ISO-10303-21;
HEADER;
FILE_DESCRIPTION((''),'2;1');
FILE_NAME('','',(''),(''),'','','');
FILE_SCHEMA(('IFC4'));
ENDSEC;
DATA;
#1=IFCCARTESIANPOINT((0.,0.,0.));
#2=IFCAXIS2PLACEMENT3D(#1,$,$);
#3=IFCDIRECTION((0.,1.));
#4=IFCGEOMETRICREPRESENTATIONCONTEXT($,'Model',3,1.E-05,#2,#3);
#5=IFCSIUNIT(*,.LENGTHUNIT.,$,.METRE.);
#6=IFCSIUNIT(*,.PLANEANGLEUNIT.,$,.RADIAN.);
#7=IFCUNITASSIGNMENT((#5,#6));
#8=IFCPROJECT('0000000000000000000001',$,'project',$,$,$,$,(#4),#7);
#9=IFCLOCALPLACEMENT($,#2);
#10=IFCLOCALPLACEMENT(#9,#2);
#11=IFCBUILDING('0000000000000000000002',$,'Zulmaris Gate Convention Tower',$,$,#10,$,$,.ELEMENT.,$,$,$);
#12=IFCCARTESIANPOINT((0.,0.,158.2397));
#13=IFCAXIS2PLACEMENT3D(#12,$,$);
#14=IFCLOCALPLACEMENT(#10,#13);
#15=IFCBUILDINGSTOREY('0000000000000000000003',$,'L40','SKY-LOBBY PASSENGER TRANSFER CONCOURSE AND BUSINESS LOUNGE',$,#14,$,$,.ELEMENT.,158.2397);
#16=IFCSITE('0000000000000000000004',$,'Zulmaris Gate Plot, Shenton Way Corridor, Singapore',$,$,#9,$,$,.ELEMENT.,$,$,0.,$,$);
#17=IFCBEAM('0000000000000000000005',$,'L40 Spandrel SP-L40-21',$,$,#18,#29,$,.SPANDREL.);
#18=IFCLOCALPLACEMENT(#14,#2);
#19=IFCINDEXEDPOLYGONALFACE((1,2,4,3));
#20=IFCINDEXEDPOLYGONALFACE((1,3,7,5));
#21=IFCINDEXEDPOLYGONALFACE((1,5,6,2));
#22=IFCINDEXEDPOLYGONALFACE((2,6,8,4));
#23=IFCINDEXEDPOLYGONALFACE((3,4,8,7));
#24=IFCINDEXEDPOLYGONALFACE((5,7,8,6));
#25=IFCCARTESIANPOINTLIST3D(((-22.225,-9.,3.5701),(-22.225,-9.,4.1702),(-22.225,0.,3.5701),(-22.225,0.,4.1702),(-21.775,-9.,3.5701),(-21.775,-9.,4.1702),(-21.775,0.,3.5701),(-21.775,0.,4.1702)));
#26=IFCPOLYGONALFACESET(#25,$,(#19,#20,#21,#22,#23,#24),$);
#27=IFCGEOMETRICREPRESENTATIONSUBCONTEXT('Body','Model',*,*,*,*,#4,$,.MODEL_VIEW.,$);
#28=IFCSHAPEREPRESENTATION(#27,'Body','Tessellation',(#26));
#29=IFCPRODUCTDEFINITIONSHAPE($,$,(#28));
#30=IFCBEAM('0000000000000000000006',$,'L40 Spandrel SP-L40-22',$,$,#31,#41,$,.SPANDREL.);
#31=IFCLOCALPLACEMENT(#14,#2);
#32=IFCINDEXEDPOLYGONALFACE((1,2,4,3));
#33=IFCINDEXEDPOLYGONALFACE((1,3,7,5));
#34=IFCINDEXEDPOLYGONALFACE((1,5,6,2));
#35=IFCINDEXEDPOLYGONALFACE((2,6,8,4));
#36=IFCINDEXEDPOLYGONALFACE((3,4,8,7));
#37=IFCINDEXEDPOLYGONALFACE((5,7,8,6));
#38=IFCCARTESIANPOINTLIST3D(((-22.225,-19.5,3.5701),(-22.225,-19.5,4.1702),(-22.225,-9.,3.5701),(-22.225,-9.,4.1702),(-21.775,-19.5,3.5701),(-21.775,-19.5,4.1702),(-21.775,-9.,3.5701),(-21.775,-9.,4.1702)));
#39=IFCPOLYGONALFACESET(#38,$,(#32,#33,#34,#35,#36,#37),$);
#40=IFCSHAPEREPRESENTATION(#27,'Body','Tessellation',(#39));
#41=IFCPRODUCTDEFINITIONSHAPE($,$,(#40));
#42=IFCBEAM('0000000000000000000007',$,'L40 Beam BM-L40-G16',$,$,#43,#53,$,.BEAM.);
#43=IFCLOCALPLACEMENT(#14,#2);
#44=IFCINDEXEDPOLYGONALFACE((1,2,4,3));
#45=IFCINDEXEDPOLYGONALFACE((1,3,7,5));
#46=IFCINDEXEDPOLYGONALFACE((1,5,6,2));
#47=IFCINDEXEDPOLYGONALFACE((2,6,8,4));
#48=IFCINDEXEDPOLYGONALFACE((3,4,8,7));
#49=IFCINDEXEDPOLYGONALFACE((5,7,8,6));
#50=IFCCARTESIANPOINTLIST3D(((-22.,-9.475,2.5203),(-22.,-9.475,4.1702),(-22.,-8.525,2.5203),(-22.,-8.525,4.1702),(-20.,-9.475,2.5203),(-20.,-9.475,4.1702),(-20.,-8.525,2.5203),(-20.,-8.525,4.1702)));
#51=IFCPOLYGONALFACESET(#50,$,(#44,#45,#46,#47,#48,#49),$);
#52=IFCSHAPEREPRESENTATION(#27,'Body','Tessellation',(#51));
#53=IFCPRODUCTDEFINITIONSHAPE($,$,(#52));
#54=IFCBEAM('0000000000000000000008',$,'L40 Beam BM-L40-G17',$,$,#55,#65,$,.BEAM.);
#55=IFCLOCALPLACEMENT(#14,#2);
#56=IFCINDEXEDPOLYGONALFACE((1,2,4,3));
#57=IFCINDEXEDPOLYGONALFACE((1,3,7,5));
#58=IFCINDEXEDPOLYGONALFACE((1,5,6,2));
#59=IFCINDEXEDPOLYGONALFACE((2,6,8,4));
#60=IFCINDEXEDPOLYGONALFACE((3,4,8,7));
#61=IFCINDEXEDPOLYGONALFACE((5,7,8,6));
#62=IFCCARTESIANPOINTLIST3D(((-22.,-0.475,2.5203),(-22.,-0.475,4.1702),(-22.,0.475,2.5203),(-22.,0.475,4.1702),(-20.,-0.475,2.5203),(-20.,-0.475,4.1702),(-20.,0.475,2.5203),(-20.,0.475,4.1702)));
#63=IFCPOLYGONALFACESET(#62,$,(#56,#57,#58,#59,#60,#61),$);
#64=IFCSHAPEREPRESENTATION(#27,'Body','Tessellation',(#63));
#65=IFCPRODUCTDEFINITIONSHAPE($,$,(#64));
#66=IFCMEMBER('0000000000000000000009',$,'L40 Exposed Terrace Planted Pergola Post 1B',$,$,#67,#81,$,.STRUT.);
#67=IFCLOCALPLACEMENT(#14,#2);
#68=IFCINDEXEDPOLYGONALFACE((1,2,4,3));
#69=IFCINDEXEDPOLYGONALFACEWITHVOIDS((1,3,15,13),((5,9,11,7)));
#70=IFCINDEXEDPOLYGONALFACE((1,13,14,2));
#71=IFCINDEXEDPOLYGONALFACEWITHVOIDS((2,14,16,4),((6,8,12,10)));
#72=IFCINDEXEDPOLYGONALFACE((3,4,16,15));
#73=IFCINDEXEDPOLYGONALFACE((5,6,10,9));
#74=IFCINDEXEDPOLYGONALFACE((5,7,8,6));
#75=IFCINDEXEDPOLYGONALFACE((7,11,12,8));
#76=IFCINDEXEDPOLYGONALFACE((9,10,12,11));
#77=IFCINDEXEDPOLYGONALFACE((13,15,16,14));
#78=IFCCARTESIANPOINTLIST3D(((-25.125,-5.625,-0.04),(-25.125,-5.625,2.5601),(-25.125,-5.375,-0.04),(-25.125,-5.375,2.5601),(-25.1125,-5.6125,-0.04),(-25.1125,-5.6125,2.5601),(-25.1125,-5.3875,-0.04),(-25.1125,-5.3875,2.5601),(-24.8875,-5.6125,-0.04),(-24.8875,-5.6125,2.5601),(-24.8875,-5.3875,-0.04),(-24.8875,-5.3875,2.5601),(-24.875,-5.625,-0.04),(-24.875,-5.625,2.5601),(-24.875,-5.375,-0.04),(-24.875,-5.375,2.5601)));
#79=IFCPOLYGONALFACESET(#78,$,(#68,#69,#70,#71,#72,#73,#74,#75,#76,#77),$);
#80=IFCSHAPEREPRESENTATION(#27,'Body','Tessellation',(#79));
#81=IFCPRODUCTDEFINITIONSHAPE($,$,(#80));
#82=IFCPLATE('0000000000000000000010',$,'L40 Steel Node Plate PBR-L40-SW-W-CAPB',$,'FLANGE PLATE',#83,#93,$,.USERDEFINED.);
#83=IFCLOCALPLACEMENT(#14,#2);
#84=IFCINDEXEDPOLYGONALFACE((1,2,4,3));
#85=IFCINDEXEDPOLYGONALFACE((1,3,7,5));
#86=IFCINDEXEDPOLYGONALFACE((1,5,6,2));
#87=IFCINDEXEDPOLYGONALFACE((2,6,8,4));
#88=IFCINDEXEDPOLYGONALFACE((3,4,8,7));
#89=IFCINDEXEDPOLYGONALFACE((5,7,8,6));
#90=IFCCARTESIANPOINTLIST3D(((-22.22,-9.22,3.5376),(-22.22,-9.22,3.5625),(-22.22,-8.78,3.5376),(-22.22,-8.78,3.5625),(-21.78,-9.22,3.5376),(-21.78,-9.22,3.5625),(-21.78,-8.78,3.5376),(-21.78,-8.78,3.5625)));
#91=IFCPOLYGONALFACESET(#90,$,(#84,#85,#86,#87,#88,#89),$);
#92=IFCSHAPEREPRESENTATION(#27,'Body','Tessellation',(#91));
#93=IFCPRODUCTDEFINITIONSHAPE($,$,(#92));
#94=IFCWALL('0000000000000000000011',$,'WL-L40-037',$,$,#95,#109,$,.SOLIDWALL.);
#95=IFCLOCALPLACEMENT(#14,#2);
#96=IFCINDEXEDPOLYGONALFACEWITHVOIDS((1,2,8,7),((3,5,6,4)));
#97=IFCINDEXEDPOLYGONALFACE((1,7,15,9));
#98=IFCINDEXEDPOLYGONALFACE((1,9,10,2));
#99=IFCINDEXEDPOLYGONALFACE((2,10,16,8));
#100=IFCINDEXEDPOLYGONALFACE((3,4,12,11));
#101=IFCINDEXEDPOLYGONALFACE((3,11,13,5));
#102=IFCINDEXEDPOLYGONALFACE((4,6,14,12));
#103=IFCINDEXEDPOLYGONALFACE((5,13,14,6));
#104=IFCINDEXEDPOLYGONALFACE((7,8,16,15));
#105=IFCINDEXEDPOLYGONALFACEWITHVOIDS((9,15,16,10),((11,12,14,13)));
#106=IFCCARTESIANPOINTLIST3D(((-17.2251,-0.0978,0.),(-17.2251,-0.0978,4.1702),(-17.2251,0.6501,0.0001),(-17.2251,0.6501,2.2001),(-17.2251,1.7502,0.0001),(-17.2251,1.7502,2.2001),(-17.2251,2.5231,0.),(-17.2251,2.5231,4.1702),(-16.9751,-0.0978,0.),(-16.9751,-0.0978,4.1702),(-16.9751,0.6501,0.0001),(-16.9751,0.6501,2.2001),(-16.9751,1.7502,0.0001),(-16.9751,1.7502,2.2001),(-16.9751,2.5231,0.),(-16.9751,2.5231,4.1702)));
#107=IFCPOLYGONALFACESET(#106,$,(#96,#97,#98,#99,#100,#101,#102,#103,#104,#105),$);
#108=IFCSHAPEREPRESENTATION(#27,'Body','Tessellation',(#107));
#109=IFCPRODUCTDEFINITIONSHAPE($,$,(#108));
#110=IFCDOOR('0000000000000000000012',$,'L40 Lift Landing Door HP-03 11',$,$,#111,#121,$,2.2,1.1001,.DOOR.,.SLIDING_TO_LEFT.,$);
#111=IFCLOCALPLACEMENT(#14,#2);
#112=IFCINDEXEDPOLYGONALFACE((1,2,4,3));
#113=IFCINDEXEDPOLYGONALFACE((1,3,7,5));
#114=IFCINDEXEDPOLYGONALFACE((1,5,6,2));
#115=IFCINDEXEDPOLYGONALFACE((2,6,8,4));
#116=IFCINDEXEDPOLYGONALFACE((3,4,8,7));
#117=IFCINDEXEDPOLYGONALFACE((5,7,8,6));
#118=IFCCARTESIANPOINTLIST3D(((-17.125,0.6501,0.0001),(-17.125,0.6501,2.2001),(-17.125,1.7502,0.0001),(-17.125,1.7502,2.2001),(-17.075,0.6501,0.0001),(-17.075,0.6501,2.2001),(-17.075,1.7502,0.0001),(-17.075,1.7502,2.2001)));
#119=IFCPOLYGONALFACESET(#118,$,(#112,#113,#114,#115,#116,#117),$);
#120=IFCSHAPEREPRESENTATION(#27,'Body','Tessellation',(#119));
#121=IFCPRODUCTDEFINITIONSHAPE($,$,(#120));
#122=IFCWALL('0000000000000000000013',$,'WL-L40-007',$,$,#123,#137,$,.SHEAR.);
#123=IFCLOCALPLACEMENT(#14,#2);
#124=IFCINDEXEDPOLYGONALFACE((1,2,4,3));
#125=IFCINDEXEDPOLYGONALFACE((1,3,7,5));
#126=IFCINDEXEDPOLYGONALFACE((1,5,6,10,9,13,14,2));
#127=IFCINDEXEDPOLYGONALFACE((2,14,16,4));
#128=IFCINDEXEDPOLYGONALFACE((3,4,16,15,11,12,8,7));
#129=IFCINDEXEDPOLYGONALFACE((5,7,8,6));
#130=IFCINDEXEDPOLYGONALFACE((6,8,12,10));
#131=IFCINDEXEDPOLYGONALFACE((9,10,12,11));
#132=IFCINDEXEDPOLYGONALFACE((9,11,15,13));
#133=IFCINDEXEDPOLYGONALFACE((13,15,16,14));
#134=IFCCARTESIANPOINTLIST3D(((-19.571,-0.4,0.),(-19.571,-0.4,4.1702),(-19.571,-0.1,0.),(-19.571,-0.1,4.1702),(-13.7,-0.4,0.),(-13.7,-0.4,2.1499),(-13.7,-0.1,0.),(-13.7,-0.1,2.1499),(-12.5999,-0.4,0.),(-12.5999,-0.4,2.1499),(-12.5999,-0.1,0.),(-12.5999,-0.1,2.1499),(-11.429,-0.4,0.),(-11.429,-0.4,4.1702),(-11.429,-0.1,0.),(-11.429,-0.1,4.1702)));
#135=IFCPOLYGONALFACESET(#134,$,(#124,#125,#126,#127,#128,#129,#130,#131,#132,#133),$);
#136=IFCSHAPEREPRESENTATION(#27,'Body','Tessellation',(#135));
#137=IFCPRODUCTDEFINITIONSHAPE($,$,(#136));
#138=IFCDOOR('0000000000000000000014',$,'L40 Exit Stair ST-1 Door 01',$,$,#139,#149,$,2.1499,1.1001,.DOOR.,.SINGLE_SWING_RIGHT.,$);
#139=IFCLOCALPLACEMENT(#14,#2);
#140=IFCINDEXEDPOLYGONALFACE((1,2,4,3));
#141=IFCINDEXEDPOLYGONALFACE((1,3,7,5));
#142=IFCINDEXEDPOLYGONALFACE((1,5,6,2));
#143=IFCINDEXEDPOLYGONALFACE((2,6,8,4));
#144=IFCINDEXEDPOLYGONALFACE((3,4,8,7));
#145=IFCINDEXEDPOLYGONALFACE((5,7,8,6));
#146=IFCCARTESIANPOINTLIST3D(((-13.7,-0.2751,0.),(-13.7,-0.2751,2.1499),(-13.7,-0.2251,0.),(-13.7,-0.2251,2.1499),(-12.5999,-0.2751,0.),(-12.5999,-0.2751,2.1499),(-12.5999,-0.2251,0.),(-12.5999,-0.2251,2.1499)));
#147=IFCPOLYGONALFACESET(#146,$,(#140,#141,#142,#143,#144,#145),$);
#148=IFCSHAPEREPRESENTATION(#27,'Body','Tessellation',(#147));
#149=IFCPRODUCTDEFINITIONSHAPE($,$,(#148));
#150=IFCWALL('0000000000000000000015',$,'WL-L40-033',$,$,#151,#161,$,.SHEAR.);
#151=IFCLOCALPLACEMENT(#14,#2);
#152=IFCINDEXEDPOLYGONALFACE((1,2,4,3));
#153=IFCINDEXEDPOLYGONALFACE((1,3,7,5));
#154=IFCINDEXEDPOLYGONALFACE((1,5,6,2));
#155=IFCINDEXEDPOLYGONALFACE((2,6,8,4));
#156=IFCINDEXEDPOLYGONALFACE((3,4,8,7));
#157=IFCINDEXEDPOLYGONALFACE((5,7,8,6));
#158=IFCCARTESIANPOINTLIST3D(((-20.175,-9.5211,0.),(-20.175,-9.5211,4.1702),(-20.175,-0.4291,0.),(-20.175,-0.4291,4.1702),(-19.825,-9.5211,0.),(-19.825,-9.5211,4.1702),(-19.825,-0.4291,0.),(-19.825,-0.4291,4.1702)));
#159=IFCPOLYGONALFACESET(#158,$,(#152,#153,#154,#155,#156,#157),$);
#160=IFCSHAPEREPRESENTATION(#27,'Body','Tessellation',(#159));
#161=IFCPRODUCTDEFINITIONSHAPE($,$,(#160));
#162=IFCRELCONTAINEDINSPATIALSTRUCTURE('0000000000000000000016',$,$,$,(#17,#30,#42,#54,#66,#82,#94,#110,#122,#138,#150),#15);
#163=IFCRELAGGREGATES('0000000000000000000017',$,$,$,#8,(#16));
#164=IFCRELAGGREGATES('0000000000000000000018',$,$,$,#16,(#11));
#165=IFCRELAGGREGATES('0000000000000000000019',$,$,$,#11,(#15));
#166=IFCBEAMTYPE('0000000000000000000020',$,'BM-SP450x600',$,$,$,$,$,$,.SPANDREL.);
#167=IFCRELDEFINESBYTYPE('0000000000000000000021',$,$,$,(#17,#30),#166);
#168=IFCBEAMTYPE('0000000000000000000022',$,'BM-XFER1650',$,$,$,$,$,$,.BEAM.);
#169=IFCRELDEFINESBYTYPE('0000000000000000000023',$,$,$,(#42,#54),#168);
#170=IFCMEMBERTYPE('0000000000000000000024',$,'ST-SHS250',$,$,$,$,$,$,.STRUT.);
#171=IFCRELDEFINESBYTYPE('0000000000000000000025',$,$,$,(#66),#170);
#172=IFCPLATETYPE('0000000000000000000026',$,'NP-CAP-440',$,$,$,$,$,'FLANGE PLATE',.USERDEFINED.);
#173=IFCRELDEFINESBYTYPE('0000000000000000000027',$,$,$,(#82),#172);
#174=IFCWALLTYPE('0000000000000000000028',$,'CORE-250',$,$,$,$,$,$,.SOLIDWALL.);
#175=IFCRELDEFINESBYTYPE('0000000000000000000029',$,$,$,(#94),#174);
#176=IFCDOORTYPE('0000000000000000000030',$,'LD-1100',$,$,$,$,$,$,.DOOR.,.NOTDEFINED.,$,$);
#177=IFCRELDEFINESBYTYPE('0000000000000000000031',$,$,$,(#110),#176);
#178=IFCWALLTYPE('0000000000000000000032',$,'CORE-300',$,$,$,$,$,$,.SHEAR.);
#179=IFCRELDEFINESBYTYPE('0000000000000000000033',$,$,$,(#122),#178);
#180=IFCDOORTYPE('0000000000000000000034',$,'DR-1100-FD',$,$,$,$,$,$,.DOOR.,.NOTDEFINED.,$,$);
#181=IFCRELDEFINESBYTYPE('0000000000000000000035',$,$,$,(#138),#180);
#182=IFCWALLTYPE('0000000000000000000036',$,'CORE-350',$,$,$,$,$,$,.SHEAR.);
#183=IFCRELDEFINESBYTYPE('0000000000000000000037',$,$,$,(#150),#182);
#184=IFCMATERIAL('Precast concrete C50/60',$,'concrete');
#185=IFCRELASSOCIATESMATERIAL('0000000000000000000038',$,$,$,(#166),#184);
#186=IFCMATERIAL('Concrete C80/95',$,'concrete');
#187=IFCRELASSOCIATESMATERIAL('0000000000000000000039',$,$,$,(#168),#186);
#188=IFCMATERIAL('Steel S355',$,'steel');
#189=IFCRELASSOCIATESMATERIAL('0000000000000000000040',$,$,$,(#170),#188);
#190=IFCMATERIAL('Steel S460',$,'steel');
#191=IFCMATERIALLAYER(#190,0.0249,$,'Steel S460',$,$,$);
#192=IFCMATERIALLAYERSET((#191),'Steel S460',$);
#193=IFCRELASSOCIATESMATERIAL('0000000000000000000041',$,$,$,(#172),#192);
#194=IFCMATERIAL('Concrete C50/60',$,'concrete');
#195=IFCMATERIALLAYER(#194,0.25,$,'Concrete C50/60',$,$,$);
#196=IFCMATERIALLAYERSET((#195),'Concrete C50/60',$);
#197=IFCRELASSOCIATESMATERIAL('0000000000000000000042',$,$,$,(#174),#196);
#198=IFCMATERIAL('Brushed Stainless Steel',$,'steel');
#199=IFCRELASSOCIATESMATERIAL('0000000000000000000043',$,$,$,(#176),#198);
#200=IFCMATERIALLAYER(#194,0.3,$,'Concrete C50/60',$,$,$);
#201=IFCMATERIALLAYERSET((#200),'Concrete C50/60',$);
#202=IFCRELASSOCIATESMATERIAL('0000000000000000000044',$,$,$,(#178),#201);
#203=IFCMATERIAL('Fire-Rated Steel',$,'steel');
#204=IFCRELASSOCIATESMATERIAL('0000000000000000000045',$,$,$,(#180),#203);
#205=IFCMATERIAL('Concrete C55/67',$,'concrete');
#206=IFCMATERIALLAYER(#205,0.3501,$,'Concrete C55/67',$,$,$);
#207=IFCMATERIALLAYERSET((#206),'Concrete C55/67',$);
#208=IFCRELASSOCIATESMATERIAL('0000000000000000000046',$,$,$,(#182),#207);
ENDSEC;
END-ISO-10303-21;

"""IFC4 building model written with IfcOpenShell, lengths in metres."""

from ifc_helpers import new_model, si_unit, direction, frame, frame_2d, origin, origin_2d, place, context, subcontext, project, spatial, rectangle, hollow_rectangle, extrude, material, layer, layer_set, material_profile, profile_set, type_object, element, fill, save


model = new_model("IFC4")

# Units and contexts
model_context = context("Model", 3, precision=1e-05, world=origin(), true_north=direction((0.0, 1.0)))
body_context = subcontext(model_context, "Body", "Model", "MODEL_VIEW")
ifc_project = project(units=[si_unit("LENGTHUNIT", "METRE"), si_unit("PLANEANGLEUNIT", "RADIAN")], contexts=[model_context])

# Site, building, storey
site_placement = place(None, origin())
site = spatial("IfcSite", under=ifc_project, at=site_placement, Name="Zulmaris Gate Plot, Shenton Way Corridor, Singapore", CompositionType="ELEMENT", RefElevation=0.0)
building_placement = place(site_placement, origin())
building = spatial("IfcBuilding", under=site, at=building_placement, Name="Zulmaris Gate Convention Tower", CompositionType="ELEMENT")
storey_placement = place(building_placement, frame((0.0, 0.0, 158.2397)))
storey = spatial("IfcBuildingStorey", under=building, at=storey_placement, Name="L40", Description="SKY-LOBBY PASSENGER TRANSFER CONCOURSE AND BUSINESS LOUNGE", CompositionType="ELEMENT", Elevation=158.2397)

# Beams
ifc_material_1 = material(Name="Steel S355", Category="steel")
ifc_material_2 = material(Name="Precast concrete C50/60", Category="concrete")
ifc_material_profile_1 = material_profile(ifc_material_2, rectangle(XDim=0.45, YDim=0.6001, at=origin_2d()), Name="RC SPANDREL 450x600")
ifc_profile_set_1 = profile_set([ifc_material_profile_1], Name="Precast concrete C50/60")
beam_type_1 = type_object("IfcBeamType", Name="BM-SP450x600", PredefinedType="SPANDREL", material=ifc_profile_set_1)
beam_1_placement = place(storey_placement, frame((-22.0, 0.0, 3.8701), z_axis=(0.0, -1.0, 0.0), x_axis=(1.0, 0.0, 0.0)))
element("IfcBeam", 1, at=beam_1_placement, inside=storey, type_object=beam_type_1, Name="L40 Spandrel SP-L40-21", PredefinedType="SPANDREL", context=body_context, shape_type="SweptSolid", body=[
    extrude(rectangle(XDim=0.45, YDim=0.6001, at=origin_2d()), origin(), (0.0, 0.0, 1.0), 9.0),
])
beam_2_placement = place(storey_placement, frame((-22.0, -9.0, 3.8701), z_axis=(0.0, -1.0, 0.0), x_axis=(1.0, 0.0, 0.0)))
element("IfcBeam", 2, at=beam_2_placement, inside=storey, type_object=beam_type_1, Name="L40 Spandrel SP-L40-22", PredefinedType="SPANDREL", context=body_context, shape_type="SweptSolid", body=[
    extrude(rectangle(XDim=0.45, YDim=0.6001, at=origin_2d()), origin(), (0.0, 0.0, 1.0), 10.5),
])
ifc_material_3 = material(Name="Concrete C80/95", Category="concrete")
ifc_material_profile_2 = material_profile(ifc_material_3, rectangle(XDim=0.95, YDim=1.6499, at=origin_2d()), Name="RC TRANSFER 950x1650")
ifc_profile_set_2 = profile_set([ifc_material_profile_2], Name="Concrete C80/95")
beam_type_2 = type_object("IfcBeamType", Name="BM-XFER1650", PredefinedType="BEAM", material=ifc_profile_set_2)
for number, where, z_axis, x_axis, name in (
    (3, (-22.0, -9.0, 3.3452), (1.0, 0.0, 0.0), (0.0, 1.0, 0.0), "L40 Beam BM-L40-G16"),
    (4, (-22.0, 0.0, 3.3452), (1.0, 0.0, 0.0), (0.0, 1.0, 0.0), "L40 Beam BM-L40-G17"),
):
    element("IfcBeam", number, at=place(storey_placement, frame(where, z_axis=z_axis, x_axis=x_axis)), inside=storey, type_object=beam_type_2, Name=name, PredefinedType="BEAM", context=body_context, shape_type="SweptSolid", body=[
        extrude(rectangle(XDim=0.95, YDim=1.6499, at=origin_2d()), origin(), (0.0, 0.0, 1.0), 2.0),
    ])

# Member
ifc_material_profile_3 = material_profile(ifc_material_1, hollow_rectangle(XDim=0.25, YDim=0.25, WallThickness=0.0125, at=origin_2d()), Name="SHS 250x250x12.5")
ifc_profile_set_3 = profile_set([ifc_material_profile_3], Name="Steel S355")
member_type = type_object("IfcMemberType", Name="ST-SHS250", PredefinedType="STRUT", material=ifc_profile_set_3)
member_placement = place(storey_placement, frame((-25.0, -5.5, -0.04), z_axis=(0.0, 0.0, 1.0), x_axis=(1.0, 0.0, 0.0)))
element("IfcMember", 5, at=member_placement, inside=storey, type_object=member_type, Name="L40 Exposed Terrace Planted Pergola Post 1B", PredefinedType="STRUT", context=body_context, shape_type="SweptSolid", body=[
    extrude(hollow_rectangle(XDim=0.25, YDim=0.25, WallThickness=0.0125, at=origin_2d()), origin(), (0.0, 0.0, 1.0), 2.6001),
])

# Plate
ifc_material_4 = material(Name="Steel S460", Category="steel")
ifc_layer_1 = layer(ifc_material_4, 0.0249, Name="Steel S460")
ifc_layer_set_1 = layer_set([ifc_layer_1], Name="Steel S460")
plate_type = type_object("IfcPlateType", Name="NP-CAP-440", ElementType="FLANGE PLATE", PredefinedType="USERDEFINED", material=ifc_layer_set_1)
plate_placement = place(storey_placement, frame((-22.0, -9.0, 3.5376), z_axis=(0.0, 0.0, 1.0), x_axis=(1.0, 0.0, 0.0)))
element("IfcPlate", 6, at=plate_placement, inside=storey, type_object=plate_type, Name="L40 Steel Node Plate PBR-L40-SW-W-CAPB", ObjectType="FLANGE PLATE", PredefinedType="USERDEFINED", context=body_context, shape_type="SweptSolid", body=[
    extrude(rectangle(XDim=0.4399, YDim=0.4399, at=origin_2d()), origin(), (0.0, 0.0, 1.0), 0.0249),
])

# Walls, openings, doors
ifc_material_5 = material(Name="Concrete C50/60", Category="concrete")
ifc_layer_2 = layer(ifc_material_5, 0.25, Name="Concrete C50/60")
ifc_layer_set_2 = layer_set([ifc_layer_2], Name="Concrete C50/60")
wall_type_1 = type_object("IfcWallType", Name="CORE-250", PredefinedType="SOLIDWALL", material=ifc_layer_set_2)
wall_1_placement = place(storey_placement, frame((-17.1001, -0.0979, 0.0), z_axis=(0.0, 0.0, 1.0), x_axis=(0.0, 1.0, 0.0)))
wall_1 = element("IfcWall", 7, at=wall_1_placement, inside=storey, type_object=wall_type_1, Name="WL-L40-037", PredefinedType="SOLIDWALL", context=body_context, shape_type="SweptSolid", body=[
    extrude(rectangle(XDim=2.6208, YDim=0.25, at=frame_2d((1.3105, 0.0))), origin(), (0.0, 0.0, 1.0), 4.1702),
])
opening_1_placement = place(wall_1_placement, frame((0.748, 0.0, 0.0)))
opening_1 = element("IfcOpeningElement", 8, at=opening_1_placement, cuts=wall_1, PredefinedType="OPENING", context=body_context, shape_type="SweptSolid", body=[
    extrude(rectangle(XDim=1.1001, YDim=2.2, at=frame_2d((0.55, 1.1001))), frame((0.0, 0.135, 0.0), z_axis=(0.0, -1.0, 0.0), x_axis=(1.0, 0.0, 0.0)), (0.0, 0.0, 1.0), 0.27),
])
ifc_material_6 = material(Name="Brushed Stainless Steel", Category="steel")
door_type_1 = type_object("IfcDoorType", Name="LD-1100", OperationType="NOTDEFINED", PredefinedType="DOOR", material=ifc_material_6)
door_1_placement = place(opening_1_placement, origin())
door_1 = element("IfcDoor", 9, at=door_1_placement, inside=storey, type_object=door_type_1, Name="L40 Lift Landing Door HP-03 11", OperationType="SLIDING_TO_LEFT", OverallHeight=2.2, OverallWidth=1.1001, PredefinedType="DOOR", context=body_context, shape_type="SweptSolid", body=[
    extrude(rectangle(XDim=1.1001, YDim=2.2, at=frame_2d((0.55, 1.1001))), frame((0.0, 0.0249, 0.0), z_axis=(0.0, -1.0, 0.0), x_axis=(1.0, 0.0, 0.0)), (0.0, 0.0, 1.0), 0.05),
])
fill(opening_1, door_1)
ifc_layer_3 = layer(ifc_material_5, 0.3, Name="Concrete C50/60")
ifc_layer_set_3 = layer_set([ifc_layer_3], Name="Concrete C50/60")
wall_type_2 = type_object("IfcWallType", Name="CORE-300", PredefinedType="SHEAR", material=ifc_layer_set_3)
wall_2_placement = place(storey_placement, frame((-19.571, -0.25, 0.0), z_axis=(0.0, 0.0, 1.0), x_axis=(1.0, 0.0, 0.0)))
wall_2 = element("IfcWall", 10, at=wall_2_placement, inside=storey, type_object=wall_type_2, Name="WL-L40-007", PredefinedType="SHEAR", context=body_context, shape_type="SweptSolid", body=[
    extrude(rectangle(XDim=8.1421, YDim=0.3, at=frame_2d((4.071, 0.0))), origin(), (0.0, 0.0, 1.0), 4.1702),
])
opening_2_placement = place(wall_2_placement, frame((5.8711, 0.0, 0.0)))
opening_2 = element("IfcOpeningElement", 11, at=opening_2_placement, cuts=wall_2, PredefinedType="OPENING", context=body_context, shape_type="SweptSolid", body=[
    extrude(rectangle(XDim=1.1001, YDim=2.1499, at=frame_2d((0.55, 1.075))), frame((0.0, 0.1602, 0.0), z_axis=(0.0, -1.0, 0.0), x_axis=(1.0, 0.0, 0.0)), (0.0, 0.0, 1.0), 0.3201),
])
ifc_material_7 = material(Name="Fire-Rated Steel", Category="steel")
door_type_2 = type_object("IfcDoorType", Name="DR-1100-FD", OperationType="NOTDEFINED", PredefinedType="DOOR", material=ifc_material_7)
door_2_placement = place(opening_2_placement, origin())
door_2 = element("IfcDoor", 12, at=door_2_placement, inside=storey, type_object=door_type_2, Name="L40 Exit Stair ST-1 Door 01", OperationType="SINGLE_SWING_RIGHT", OverallHeight=2.1499, OverallWidth=1.1001, PredefinedType="DOOR", context=body_context, shape_type="SweptSolid", body=[
    extrude(rectangle(XDim=1.1001, YDim=2.1499, at=frame_2d((0.55, 1.075))), frame((0.0, 0.0249, 0.0), z_axis=(0.0, -1.0, 0.0), x_axis=(1.0, 0.0, 0.0)), (0.0, 0.0, 1.0), 0.05),
])
fill(opening_2, door_2)

# Wall
ifc_material_8 = material(Name="Concrete C55/67", Category="concrete")
ifc_layer_4 = layer(ifc_material_8, 0.3501, Name="Concrete C55/67")
ifc_layer_set_4 = layer_set([ifc_layer_4], Name="Concrete C55/67")
wall_type_3 = type_object("IfcWallType", Name="CORE-350", PredefinedType="SHEAR", material=ifc_layer_set_4)
wall_3_placement = place(storey_placement, frame((-20.0, -9.521, 0.0), z_axis=(0.0, 0.0, 1.0), x_axis=(0.0, 1.0, 0.0)))
element("IfcWall", 13, at=wall_3_placement, inside=storey, type_object=wall_type_3, Name="WL-L40-033", PredefinedType="SHEAR", context=body_context, shape_type="SweptSolid", body=[
    extrude(rectangle(XDim=9.092, YDim=0.3501, at=frame_2d((4.5459, 0.0))), origin(), (0.0, 0.0, 1.0), 4.1702),
])

save(model, "model.ifc")
